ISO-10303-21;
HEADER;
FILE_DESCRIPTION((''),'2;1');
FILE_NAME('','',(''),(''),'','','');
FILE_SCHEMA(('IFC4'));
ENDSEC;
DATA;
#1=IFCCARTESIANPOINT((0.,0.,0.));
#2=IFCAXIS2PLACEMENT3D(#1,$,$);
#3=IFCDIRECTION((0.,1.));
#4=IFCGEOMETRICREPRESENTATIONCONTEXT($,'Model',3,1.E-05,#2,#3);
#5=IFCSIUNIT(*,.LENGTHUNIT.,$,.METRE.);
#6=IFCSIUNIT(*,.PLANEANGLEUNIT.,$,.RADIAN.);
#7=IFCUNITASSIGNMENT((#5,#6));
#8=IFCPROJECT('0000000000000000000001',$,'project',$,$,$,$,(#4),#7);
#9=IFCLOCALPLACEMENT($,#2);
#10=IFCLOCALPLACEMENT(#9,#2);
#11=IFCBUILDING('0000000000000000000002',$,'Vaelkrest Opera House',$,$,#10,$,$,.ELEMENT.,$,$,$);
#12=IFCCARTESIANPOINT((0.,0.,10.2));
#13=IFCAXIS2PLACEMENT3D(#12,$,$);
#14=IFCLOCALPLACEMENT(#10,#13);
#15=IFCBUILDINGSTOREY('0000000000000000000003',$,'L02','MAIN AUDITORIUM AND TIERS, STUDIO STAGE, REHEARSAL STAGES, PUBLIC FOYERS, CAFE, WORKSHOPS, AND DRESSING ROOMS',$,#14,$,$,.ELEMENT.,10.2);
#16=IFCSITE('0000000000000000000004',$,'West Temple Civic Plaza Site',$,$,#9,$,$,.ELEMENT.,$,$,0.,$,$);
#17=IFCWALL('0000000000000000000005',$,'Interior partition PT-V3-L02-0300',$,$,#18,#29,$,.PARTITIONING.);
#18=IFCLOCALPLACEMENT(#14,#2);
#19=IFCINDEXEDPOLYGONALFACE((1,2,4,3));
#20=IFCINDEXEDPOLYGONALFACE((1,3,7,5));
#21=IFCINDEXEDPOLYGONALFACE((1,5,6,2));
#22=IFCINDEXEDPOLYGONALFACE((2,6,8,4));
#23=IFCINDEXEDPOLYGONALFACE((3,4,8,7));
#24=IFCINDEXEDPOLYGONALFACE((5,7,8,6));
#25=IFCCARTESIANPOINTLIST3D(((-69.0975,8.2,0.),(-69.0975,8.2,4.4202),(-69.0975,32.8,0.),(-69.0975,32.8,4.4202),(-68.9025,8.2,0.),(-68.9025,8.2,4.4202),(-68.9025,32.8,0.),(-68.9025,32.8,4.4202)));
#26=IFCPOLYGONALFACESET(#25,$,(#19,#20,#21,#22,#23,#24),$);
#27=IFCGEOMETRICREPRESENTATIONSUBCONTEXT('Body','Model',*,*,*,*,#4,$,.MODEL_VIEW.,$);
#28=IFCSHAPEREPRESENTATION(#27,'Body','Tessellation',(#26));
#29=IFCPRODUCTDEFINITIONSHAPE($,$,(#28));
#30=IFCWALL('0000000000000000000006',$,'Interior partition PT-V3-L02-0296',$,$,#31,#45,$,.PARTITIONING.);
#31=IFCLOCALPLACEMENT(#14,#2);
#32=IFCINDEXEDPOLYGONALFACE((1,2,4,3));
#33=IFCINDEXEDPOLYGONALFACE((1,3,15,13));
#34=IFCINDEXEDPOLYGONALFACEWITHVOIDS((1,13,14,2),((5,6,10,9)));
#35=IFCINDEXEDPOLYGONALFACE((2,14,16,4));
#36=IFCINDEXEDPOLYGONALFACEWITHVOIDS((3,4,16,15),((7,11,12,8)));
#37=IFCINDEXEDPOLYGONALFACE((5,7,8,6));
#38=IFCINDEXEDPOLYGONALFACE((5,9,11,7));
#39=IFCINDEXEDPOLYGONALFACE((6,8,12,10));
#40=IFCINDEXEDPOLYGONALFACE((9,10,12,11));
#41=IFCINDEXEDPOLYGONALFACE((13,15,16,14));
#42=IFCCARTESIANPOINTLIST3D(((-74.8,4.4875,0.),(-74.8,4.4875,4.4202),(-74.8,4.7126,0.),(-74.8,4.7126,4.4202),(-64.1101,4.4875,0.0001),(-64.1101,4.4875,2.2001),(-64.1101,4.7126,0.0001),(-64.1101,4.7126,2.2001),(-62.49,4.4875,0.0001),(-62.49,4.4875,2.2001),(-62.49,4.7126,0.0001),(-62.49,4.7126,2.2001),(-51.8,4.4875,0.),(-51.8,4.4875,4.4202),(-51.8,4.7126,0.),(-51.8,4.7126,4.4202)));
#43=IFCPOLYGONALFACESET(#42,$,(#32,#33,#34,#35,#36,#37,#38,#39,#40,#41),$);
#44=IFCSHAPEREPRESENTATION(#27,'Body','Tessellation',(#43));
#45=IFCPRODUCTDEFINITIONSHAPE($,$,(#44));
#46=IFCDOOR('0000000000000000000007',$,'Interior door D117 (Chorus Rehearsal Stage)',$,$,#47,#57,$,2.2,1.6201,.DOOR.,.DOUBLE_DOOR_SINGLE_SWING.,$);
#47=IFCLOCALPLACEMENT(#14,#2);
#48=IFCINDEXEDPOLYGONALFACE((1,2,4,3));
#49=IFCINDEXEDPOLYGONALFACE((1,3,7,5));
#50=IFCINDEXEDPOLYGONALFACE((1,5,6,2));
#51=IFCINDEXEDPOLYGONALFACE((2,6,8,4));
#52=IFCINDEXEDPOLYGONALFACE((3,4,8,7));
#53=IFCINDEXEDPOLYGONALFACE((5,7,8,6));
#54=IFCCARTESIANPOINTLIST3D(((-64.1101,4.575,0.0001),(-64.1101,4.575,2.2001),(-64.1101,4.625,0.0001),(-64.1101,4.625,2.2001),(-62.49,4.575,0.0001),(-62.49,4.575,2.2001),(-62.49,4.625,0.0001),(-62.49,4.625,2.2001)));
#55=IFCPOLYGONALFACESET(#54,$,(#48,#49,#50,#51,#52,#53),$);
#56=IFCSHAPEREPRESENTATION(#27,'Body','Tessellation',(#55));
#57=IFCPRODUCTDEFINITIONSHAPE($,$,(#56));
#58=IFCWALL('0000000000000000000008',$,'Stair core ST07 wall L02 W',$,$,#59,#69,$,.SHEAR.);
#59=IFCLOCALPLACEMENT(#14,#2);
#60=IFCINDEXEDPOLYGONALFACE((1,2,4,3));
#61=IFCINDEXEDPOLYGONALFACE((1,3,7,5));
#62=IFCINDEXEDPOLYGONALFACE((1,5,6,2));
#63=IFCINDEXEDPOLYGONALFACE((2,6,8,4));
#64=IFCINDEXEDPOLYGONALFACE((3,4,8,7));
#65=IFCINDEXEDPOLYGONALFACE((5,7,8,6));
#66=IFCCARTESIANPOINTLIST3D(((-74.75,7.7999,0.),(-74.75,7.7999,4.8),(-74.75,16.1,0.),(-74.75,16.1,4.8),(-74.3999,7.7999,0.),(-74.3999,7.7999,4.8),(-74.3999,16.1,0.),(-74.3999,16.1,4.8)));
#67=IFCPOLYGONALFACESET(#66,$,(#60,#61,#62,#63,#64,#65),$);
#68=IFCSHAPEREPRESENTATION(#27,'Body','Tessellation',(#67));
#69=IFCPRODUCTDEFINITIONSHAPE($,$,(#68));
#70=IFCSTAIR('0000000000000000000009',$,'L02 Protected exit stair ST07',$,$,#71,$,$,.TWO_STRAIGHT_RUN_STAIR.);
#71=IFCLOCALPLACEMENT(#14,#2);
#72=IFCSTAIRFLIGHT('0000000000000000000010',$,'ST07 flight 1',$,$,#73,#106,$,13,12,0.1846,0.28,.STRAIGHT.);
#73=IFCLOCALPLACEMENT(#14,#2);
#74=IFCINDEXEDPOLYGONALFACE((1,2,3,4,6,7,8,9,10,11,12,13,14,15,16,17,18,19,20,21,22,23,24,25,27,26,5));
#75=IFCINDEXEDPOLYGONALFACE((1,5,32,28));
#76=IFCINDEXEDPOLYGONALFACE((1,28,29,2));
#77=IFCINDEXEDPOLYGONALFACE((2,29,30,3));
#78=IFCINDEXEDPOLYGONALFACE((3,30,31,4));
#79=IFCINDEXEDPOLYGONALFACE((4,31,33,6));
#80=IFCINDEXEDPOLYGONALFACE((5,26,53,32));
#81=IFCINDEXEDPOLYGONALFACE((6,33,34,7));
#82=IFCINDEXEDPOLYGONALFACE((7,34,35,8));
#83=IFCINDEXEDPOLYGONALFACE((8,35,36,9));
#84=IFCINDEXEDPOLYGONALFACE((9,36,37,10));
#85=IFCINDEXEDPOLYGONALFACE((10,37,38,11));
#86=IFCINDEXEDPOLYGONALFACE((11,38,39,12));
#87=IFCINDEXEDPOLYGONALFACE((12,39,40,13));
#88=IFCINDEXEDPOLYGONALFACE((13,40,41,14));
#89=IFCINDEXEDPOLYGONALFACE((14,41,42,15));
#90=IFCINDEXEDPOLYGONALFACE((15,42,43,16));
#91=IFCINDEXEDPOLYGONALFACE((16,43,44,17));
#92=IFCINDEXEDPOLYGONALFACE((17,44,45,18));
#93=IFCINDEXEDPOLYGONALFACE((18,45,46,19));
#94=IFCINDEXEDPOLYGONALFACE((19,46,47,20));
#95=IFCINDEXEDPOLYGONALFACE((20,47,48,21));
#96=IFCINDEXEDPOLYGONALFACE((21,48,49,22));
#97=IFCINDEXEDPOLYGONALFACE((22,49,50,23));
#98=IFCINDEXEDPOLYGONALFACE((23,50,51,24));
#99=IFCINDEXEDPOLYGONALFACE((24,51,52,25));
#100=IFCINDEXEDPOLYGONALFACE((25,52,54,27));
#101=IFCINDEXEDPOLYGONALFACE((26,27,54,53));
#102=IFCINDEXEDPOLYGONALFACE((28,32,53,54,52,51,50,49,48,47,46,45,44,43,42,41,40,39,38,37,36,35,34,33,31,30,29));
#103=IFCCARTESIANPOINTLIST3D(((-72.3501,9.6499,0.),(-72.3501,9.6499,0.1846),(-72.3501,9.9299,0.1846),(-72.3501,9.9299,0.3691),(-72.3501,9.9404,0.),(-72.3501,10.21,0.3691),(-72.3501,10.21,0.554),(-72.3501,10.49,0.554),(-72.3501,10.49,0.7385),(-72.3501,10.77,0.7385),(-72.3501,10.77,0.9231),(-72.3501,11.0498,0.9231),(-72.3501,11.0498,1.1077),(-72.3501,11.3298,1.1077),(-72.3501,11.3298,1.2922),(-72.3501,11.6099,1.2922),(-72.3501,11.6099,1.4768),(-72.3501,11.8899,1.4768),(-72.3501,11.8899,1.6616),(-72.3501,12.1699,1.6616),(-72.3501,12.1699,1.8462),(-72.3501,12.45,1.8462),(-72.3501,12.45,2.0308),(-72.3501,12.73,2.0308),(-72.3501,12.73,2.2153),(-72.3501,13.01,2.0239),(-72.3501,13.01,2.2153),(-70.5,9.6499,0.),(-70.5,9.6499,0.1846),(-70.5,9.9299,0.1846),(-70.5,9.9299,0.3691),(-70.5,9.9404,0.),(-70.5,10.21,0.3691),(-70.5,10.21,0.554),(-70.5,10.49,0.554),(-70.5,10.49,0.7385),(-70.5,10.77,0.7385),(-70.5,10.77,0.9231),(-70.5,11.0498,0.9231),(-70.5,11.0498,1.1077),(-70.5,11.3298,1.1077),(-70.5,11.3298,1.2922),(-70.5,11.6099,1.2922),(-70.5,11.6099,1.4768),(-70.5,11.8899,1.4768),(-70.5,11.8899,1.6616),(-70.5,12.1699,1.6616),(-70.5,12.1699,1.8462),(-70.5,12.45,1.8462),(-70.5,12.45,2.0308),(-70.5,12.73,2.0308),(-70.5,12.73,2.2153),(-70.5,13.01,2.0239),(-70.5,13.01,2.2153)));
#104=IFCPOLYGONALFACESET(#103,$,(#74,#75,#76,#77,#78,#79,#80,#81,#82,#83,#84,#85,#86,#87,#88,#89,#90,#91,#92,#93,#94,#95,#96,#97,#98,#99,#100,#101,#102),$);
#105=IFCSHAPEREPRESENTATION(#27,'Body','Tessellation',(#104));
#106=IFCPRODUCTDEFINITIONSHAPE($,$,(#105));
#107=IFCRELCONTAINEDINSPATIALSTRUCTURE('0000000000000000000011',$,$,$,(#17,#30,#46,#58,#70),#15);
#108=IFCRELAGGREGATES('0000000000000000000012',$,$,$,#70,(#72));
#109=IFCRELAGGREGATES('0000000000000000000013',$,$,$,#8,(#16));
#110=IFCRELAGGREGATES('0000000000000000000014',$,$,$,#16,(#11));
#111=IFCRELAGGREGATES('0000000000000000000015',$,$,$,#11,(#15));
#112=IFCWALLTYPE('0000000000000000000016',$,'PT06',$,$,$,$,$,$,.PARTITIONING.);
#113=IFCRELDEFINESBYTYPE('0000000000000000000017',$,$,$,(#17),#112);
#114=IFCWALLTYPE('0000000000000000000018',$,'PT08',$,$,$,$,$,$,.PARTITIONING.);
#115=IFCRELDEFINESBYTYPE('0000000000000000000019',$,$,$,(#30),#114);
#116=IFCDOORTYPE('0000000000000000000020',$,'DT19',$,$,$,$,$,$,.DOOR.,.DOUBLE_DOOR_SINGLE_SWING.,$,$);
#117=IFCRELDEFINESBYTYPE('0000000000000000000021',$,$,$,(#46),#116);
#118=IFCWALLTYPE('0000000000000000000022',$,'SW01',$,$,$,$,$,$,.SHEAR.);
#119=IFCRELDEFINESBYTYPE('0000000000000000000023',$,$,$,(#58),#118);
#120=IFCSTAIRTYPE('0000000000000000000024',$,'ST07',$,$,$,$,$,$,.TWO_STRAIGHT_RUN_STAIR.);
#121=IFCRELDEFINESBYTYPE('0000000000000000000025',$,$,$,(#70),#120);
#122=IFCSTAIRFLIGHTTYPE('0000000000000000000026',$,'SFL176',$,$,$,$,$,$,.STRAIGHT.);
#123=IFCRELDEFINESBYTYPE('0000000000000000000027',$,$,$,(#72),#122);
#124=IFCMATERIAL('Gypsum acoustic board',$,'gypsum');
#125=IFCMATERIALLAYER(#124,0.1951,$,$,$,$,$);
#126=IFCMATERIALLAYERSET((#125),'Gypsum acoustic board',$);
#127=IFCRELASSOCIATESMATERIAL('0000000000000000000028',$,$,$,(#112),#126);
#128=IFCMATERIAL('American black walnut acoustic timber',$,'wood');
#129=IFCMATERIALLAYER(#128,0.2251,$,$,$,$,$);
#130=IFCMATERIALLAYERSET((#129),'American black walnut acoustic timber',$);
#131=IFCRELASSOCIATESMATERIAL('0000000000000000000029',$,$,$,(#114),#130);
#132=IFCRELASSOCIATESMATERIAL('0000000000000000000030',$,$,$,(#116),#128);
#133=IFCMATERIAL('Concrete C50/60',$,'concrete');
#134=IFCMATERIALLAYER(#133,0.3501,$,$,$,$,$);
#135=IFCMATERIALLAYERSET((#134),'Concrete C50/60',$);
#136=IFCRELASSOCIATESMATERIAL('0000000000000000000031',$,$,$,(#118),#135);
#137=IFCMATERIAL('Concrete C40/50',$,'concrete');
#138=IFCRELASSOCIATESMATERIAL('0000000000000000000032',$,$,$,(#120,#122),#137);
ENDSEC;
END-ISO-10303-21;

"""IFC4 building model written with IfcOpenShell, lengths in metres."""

from ifc_helpers import new_model, si_unit, direction, frame, frame_2d, origin, place, context, subcontext, project, spatial, polyline, rectangle, outline, extrude, material, layer, layer_set, type_object, element, fill, aggregate, save


model = new_model("IFC4")

# Units and contexts
model_context = context("Model", 3, precision=1e-05, world=origin(), true_north=direction((0.0, 1.0)))
body_context = subcontext(model_context, "Body", "Model", "MODEL_VIEW")
ifc_project = project(units=[si_unit("LENGTHUNIT", "METRE"), si_unit("PLANEANGLEUNIT", "RADIAN")], contexts=[model_context])

# Site, building, storey
site_placement = place(None, origin())
site = spatial("IfcSite", under=ifc_project, at=site_placement, Name="West Temple Civic Plaza Site", CompositionType="ELEMENT", RefElevation=0.0)
building_placement = place(site_placement, origin())
building = spatial("IfcBuilding", under=site, at=building_placement, Name="Vaelkrest Opera House", CompositionType="ELEMENT")
storey_placement = place(building_placement, frame((0.0, 0.0, 10.2)))
storey = spatial("IfcBuildingStorey", under=building, at=storey_placement, Name="L02", Description="MAIN AUDITORIUM AND TIERS, STUDIO STAGE, REHEARSAL STAGES, PUBLIC FOYERS, CAFE, WORKSHOPS, AND DRESSING ROOMS", CompositionType="ELEMENT", Elevation=10.2)

# Shared definitions
ifc_material_1 = material(Name="Concrete C50/60", Category="concrete")

# Shared definitions
ifc_material_2 = material(Name="American black walnut acoustic timber", Category="wood")

# Shared definitions
ifc_material_3 = material(Name="Gypsum acoustic board", Category="gypsum")

# Wall
ifc_layer_1 = layer(ifc_material_3, 0.1951)
ifc_layer_set_1 = layer_set([ifc_layer_1], Name="Gypsum acoustic board")
wall_type_1 = type_object("IfcWallType", Name="PT06", PredefinedType="PARTITIONING", material=ifc_layer_set_1)
wall_1_placement = place(storey_placement, frame((-69.0, 8.2, 0.0), z_axis=(0.0, 0.0, 1.0), x_axis=(0.0, 1.0, 0.0)))
element("IfcWall", 1, at=wall_1_placement, inside=storey, type_object=wall_type_1, Name="Interior partition PT-V3-L02-0300", PredefinedType="PARTITIONING", context=body_context, shape_type="SweptSolid", body=[
    extrude(rectangle(XDim=24.6001, YDim=0.1951, at=frame_2d((12.3, 0.0))), origin(), (0.0, 0.0, 1.0), 4.4202),
])

# Wall, opening, door
ifc_layer_2 = layer(ifc_material_2, 0.2251)
ifc_layer_set_2 = layer_set([ifc_layer_2], Name="American black walnut acoustic timber")
wall_type_2 = type_object("IfcWallType", Name="PT08", PredefinedType="PARTITIONING", material=ifc_layer_set_2)
wall_2_placement = place(storey_placement, frame((-74.8, 4.6001, 0.0), z_axis=(0.0, 0.0, 1.0), x_axis=(1.0, 0.0, 0.0)))
wall_2 = element("IfcWall", 2, at=wall_2_placement, inside=storey, type_object=wall_type_2, Name="Interior partition PT-V3-L02-0296", PredefinedType="PARTITIONING", context=body_context, shape_type="SweptSolid", body=[
    extrude(rectangle(XDim=23.0, YDim=0.2251, at=frame_2d((11.5, 0.0))), origin(), (0.0, 0.0, 1.0), 4.4202),
])
opening_1_placement = place(wall_2_placement, frame((10.6899, 0.0, 0.0)))
opening_1 = element("IfcOpeningElement", 3, at=opening_1_placement, cuts=wall_2, PredefinedType="OPENING", context=body_context, shape_type="SweptSolid", body=[
    extrude(rectangle(XDim=1.6201, YDim=2.2, at=frame_2d((0.8101, 1.1001))), frame((0.0, 0.1226, 0.0), z_axis=(0.0, -1.0, 0.0), x_axis=(1.0, 0.0, 0.0)), (0.0, 0.0, 1.0), 0.2451),
])
door_type_1 = type_object("IfcDoorType", Name="DT19", OperationType="DOUBLE_DOOR_SINGLE_SWING", PredefinedType="DOOR", material=ifc_material_2)
door_1_placement = place(opening_1_placement, origin())
door_1 = element("IfcDoor", 4, at=door_1_placement, inside=storey, type_object=door_type_1, Name="Interior door D117 (Chorus Rehearsal Stage)", OperationType="DOUBLE_DOOR_SINGLE_SWING", OverallHeight=2.2, OverallWidth=1.6201, PredefinedType="DOOR", context=body_context, shape_type="SweptSolid", body=[
    extrude(rectangle(XDim=1.6201, YDim=2.2, at=frame_2d((0.8101, 1.1001))), frame((0.0, 0.0249, 0.0), z_axis=(0.0, -1.0, 0.0), x_axis=(1.0, 0.0, 0.0)), (0.0, 0.0, 1.0), 0.05),
])
fill(opening_1, door_1)
ifc_layer_3 = layer(ifc_material_1, 0.3501)
ifc_layer_set_3 = layer_set([ifc_layer_3], Name="Concrete C50/60")
wall_type_3 = type_object("IfcWallType", Name="SW01", PredefinedType="SHEAR", material=ifc_layer_set_3)

# Wall
wall_3_placement = place(storey_placement, frame((-74.575, 7.8, 0.0), z_axis=(0.0, 0.0, 1.0), x_axis=(0.0, 1.0, 0.0)))
element("IfcWall", 5, at=wall_3_placement, inside=storey, type_object=wall_type_3, Name="Stair core ST07 wall L02 W", PredefinedType="SHEAR", context=body_context, shape_type="SweptSolid", body=[
    extrude(rectangle(XDim=8.3, YDim=0.3501, at=frame_2d((4.1499, 0.0))), origin(), (0.0, 0.0, 1.0), 4.8),
])

# Stair, stair flight
ifc_material_4 = material(Name="Concrete C40/50", Category="concrete")
stair_type = type_object("IfcStairType", Name="ST07", PredefinedType="TWO_STRAIGHT_RUN_STAIR", material=ifc_material_4)
stair_placement = place(storey_placement, origin())
stair = element("IfcStair", 6, at=stair_placement, inside=storey, type_object=stair_type, Name="L02 Protected exit stair ST07", PredefinedType="TWO_STRAIGHT_RUN_STAIR")
stair_flight_type = type_object("IfcStairFlightType", Name="SFL176", PredefinedType="STRAIGHT", material=ifc_material_4)
stair_flight_placement = place(storey_placement, frame((-71.425, 9.6499, 0.0), z_axis=(0.0, 0.0, 1.0), x_axis=(0.0, 1.0, 0.0)))
stair_flight = element("IfcStairFlight", 7, at=stair_flight_placement, type_object=stair_flight_type, Name="ST07 flight 1", NumberOfRisers=13, NumberOfTreads=12, PredefinedType="STRAIGHT", RiserHeight=0.1846, TreadLength=0.28, context=body_context, shape_type="SweptSolid", body=[
    extrude(outline(polyline([(0.0, 0.0), (0.0, 0.1846), (0.28, 0.1846), (0.28, 0.3691), (0.5601, 0.3691), (0.5601, 0.554), (0.8401, 0.554), (0.8401, 0.7385), (1.1201, 0.7385), (1.1201, 0.9231), (1.3999, 0.9231), (1.3999, 1.1077), (1.6799, 1.1077), (1.6799, 1.2922), (1.96, 1.2922), (1.96, 1.4768), (2.24, 1.4768), (2.24, 1.6616), (2.52, 1.6616), (2.52, 1.8462), (2.8, 1.8462), (2.8, 2.0308), (3.0801, 2.0308), (3.0801, 2.2153), (3.3601, 2.2153), (3.3601, 2.3999), (3.3601, 2.0239), (0.2905, 0.0), (0.0, 0.0)])), frame((0.0, 0.925, 0.0), z_axis=(0.0, -1.0, 0.0), x_axis=(1.0, 0.0, 0.0)), (0.0, 0.0, 1.0), 1.8501),
])
aggregate(stair, [stair_flight])

save(model, "model.ifc")
